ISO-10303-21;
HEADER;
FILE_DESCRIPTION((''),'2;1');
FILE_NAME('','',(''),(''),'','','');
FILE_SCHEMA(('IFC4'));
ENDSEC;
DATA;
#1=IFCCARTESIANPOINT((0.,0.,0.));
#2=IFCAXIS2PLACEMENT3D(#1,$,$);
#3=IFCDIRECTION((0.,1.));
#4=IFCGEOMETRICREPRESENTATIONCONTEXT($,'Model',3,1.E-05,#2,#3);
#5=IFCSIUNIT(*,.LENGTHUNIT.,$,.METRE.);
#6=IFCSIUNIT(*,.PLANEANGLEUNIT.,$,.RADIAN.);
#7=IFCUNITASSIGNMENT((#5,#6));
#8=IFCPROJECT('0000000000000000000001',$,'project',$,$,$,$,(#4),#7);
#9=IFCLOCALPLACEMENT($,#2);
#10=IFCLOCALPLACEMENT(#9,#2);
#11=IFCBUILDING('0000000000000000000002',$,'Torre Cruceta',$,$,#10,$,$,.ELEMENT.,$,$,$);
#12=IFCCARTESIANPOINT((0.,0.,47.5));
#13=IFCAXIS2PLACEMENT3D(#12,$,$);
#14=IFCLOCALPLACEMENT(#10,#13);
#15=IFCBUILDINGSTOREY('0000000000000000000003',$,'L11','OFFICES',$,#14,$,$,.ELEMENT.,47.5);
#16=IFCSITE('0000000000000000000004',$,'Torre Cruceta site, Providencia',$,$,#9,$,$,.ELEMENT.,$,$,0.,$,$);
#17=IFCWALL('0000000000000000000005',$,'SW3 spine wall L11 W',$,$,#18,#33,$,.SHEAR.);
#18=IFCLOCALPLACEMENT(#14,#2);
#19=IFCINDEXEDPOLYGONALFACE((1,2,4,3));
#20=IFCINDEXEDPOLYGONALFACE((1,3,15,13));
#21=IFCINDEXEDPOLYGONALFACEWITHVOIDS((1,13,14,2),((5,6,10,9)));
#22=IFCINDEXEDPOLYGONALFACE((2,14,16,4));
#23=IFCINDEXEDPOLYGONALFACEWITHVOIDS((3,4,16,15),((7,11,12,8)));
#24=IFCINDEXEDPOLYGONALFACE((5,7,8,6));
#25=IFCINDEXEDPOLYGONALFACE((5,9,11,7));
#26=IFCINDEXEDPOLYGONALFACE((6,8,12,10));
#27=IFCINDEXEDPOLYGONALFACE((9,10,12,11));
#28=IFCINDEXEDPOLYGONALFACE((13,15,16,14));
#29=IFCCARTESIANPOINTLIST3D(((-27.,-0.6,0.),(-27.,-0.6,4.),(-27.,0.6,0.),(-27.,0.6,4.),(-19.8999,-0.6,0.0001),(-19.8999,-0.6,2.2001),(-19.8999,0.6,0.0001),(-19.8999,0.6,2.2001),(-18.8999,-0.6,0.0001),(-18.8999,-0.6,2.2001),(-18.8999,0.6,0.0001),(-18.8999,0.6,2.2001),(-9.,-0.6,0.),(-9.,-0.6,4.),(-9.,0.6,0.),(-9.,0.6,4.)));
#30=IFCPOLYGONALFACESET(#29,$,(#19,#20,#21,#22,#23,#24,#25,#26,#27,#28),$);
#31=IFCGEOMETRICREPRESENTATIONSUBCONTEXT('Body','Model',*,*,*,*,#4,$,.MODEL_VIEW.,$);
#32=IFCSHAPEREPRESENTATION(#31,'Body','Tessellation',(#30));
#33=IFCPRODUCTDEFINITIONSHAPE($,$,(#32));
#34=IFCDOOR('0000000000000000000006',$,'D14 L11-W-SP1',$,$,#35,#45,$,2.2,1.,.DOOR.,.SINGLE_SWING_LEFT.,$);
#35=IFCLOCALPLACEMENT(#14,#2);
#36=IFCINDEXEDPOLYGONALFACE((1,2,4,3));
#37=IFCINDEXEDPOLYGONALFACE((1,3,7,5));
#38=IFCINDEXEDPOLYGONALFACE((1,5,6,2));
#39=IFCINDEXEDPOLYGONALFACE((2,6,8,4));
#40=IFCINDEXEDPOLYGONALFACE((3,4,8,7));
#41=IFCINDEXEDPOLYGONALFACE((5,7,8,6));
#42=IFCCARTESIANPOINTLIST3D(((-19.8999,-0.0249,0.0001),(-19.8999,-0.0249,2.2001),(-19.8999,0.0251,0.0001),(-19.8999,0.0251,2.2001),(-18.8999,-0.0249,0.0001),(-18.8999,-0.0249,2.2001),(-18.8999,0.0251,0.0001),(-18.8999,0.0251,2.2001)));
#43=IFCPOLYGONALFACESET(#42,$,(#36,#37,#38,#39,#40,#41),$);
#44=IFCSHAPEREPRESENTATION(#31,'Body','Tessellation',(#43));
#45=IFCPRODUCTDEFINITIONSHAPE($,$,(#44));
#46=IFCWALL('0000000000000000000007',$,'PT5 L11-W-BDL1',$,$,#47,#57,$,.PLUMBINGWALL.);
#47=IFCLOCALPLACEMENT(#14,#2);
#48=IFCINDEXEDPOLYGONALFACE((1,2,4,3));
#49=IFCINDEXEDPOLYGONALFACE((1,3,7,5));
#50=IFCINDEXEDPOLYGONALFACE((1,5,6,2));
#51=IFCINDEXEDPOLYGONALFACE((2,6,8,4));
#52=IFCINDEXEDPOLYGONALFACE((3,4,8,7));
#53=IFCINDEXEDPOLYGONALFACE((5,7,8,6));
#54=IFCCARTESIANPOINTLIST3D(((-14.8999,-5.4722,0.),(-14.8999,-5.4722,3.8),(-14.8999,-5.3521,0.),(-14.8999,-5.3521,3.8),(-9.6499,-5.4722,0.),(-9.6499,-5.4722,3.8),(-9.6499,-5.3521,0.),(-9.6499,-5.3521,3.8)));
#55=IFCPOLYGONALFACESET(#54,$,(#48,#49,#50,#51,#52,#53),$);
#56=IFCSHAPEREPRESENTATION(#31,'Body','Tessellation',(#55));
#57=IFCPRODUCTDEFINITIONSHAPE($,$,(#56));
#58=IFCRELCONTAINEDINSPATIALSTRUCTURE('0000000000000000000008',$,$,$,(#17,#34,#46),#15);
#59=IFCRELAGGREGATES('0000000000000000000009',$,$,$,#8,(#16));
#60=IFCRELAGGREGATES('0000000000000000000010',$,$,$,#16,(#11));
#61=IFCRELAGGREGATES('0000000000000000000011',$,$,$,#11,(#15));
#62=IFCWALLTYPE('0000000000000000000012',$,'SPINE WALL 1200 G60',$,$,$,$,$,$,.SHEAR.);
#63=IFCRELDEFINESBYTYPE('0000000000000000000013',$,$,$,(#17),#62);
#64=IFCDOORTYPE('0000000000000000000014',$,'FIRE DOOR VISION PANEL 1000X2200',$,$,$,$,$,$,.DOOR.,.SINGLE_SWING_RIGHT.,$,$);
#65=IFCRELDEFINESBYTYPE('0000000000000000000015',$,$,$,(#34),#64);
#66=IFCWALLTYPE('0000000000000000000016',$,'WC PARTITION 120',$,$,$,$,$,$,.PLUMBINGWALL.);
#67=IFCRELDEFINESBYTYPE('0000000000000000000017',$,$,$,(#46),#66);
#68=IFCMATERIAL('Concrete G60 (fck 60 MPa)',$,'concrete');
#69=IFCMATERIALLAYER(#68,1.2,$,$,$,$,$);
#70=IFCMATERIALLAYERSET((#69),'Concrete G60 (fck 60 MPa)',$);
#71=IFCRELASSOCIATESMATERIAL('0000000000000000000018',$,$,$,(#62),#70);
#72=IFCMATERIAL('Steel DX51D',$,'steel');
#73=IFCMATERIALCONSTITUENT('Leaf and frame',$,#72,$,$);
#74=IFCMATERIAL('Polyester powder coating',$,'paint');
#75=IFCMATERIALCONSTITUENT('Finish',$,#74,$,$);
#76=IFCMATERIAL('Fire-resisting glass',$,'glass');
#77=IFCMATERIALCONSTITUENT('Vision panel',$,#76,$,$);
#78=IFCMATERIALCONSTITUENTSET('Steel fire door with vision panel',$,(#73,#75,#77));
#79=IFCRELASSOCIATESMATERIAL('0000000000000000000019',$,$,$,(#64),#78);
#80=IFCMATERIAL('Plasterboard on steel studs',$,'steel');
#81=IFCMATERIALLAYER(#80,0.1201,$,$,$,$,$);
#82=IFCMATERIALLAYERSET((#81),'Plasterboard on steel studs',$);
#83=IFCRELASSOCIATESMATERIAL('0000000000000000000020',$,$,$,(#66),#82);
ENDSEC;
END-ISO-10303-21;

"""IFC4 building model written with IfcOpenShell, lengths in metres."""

from ifc_helpers import new_model, si_unit, direction, frame, frame_2d, origin, place, context, subcontext, project, spatial, rectangle, extrude, material, layer, layer_set, constituent, constituent_set, type_object, element, fill, save


model = new_model("IFC4")

# Units and contexts
model_context = context("Model", 3, precision=1e-05, world=origin(), true_north=direction((0.0, 1.0)))
body_context = subcontext(model_context, "Body", "Model", "MODEL_VIEW")
ifc_project = project(units=[si_unit("LENGTHUNIT", "METRE"), si_unit("PLANEANGLEUNIT", "RADIAN")], contexts=[model_context])

# Site, building, storey
site_placement = place(None, origin())
site = spatial("IfcSite", under=ifc_project, at=site_placement, Name="Torre Cruceta site, Providencia", CompositionType="ELEMENT", RefElevation=0.0)
building_placement = place(site_placement, origin())
building = spatial("IfcBuilding", under=site, at=building_placement, Name="Torre Cruceta", CompositionType="ELEMENT")
storey_placement = place(building_placement, frame((0.0, 0.0, 47.5)))
storey = spatial("IfcBuildingStorey", under=building, at=storey_placement, Name="L11", Description="OFFICES", CompositionType="ELEMENT", Elevation=47.5)

# Wall, opening, door
ifc_material_1 = material(Name="Concrete G60 (fck 60 MPa)", Category="concrete")
ifc_layer_1 = layer(ifc_material_1, 1.2)
ifc_layer_set_1 = layer_set([ifc_layer_1], Name="Concrete G60 (fck 60 MPa)")
wall_type_1 = type_object("IfcWallType", Name="SPINE WALL 1200 G60", PredefinedType="SHEAR", material=ifc_layer_set_1)
wall_1_placement = place(storey_placement, frame((-9.0, 0.0, 0.0), z_axis=(0.0, 0.0, 1.0), x_axis=(-1.0, 0.0, 0.0)))
wall_1 = element("IfcWall", 1, at=wall_1_placement, inside=storey, type_object=wall_type_1, Name="SW3 spine wall L11 W", PredefinedType="SHEAR", context=body_context, shape_type="SweptSolid", body=[
    extrude(rectangle(XDim=18.0, YDim=1.2, at=frame_2d((9.0, 0.0))), origin(), (0.0, 0.0, 1.0), 4.0),
])
opening_1_placement = place(wall_1_placement, frame((9.8999, 0.0, 0.0)))
opening_1 = element("IfcOpeningElement", 2, at=opening_1_placement, cuts=wall_1, PredefinedType="OPENING", context=body_context, shape_type="SweptSolid", body=[
    extrude(rectangle(XDim=1.0, YDim=2.2, at=frame_2d((0.5, 1.1001))), frame((0.0, 0.6099, 0.0), z_axis=(0.0, -1.0, 0.0), x_axis=(1.0, 0.0, 0.0)), (0.0, 0.0, 1.0), 1.22),
])
ifc_material_2 = material(Name="Steel DX51D", Category="steel")
ifc_constituent_1 = constituent(ifc_material_2, Name="Leaf and frame")
ifc_material_3 = material(Name="Polyester powder coating", Category="paint")
ifc_constituent_2 = constituent(ifc_material_3, Name="Finish")
ifc_material_4 = material(Name="Fire-resisting glass", Category="glass")
ifc_constituent_3 = constituent(ifc_material_4, Name="Vision panel")
ifc_constituent_set_1 = constituent_set(constituents=[ifc_constituent_1, ifc_constituent_2, ifc_constituent_3], Name="Steel fire door with vision panel")
door_type_1 = type_object("IfcDoorType", Name="FIRE DOOR VISION PANEL 1000X2200", OperationType="SINGLE_SWING_RIGHT", PredefinedType="DOOR", material=ifc_constituent_set_1)
door_1_placement = place(opening_1_placement, frame((1.0, 0.0, 0.0), z_axis=(0.0, 0.0, 1.0), x_axis=(-1.0, 0.0, 0.0)))
door_1 = element("IfcDoor", 3, at=door_1_placement, inside=storey, type_object=door_type_1, Name="D14 L11-W-SP1", OperationType="SINGLE_SWING_LEFT", OverallHeight=2.2, OverallWidth=1.0, PredefinedType="DOOR", context=body_context, shape_type="SweptSolid", body=[
    extrude(rectangle(XDim=1.0, YDim=2.2, at=frame_2d((0.5, 1.1001))), frame((0.0, 0.0251, 0.0), z_axis=(0.0, -1.0, 0.0), x_axis=(1.0, 0.0, 0.0)), (0.0, 0.0, 1.0), 0.05),
])
fill(opening_1, door_1)

# Wall
ifc_material_5 = material(Name="Plasterboard on steel studs", Category="steel")
ifc_layer_2 = layer(ifc_material_5, 0.1201)
ifc_layer_set_2 = layer_set([ifc_layer_2], Name="Plasterboard on steel studs")
wall_type_2 = type_object("IfcWallType", Name="WC PARTITION 120", PredefinedType="PLUMBINGWALL", material=ifc_layer_set_2)
wall_2_placement = place(storey_placement, frame((-9.6499, -5.4121, 0.0), z_axis=(0.0, 0.0, 1.0), x_axis=(-1.0, 0.0, 0.0)))
element("IfcWall", 4, at=wall_2_placement, inside=storey, type_object=wall_type_2, Name="PT5 L11-W-BDL1", PredefinedType="PLUMBINGWALL", context=body_context, shape_type="SweptSolid", body=[
    extrude(rectangle(XDim=5.25, YDim=0.1201, at=frame_2d((2.625, 0.0))), origin(), (0.0, 0.0, 1.0), 3.8),
])

save(model, "model.ifc")
